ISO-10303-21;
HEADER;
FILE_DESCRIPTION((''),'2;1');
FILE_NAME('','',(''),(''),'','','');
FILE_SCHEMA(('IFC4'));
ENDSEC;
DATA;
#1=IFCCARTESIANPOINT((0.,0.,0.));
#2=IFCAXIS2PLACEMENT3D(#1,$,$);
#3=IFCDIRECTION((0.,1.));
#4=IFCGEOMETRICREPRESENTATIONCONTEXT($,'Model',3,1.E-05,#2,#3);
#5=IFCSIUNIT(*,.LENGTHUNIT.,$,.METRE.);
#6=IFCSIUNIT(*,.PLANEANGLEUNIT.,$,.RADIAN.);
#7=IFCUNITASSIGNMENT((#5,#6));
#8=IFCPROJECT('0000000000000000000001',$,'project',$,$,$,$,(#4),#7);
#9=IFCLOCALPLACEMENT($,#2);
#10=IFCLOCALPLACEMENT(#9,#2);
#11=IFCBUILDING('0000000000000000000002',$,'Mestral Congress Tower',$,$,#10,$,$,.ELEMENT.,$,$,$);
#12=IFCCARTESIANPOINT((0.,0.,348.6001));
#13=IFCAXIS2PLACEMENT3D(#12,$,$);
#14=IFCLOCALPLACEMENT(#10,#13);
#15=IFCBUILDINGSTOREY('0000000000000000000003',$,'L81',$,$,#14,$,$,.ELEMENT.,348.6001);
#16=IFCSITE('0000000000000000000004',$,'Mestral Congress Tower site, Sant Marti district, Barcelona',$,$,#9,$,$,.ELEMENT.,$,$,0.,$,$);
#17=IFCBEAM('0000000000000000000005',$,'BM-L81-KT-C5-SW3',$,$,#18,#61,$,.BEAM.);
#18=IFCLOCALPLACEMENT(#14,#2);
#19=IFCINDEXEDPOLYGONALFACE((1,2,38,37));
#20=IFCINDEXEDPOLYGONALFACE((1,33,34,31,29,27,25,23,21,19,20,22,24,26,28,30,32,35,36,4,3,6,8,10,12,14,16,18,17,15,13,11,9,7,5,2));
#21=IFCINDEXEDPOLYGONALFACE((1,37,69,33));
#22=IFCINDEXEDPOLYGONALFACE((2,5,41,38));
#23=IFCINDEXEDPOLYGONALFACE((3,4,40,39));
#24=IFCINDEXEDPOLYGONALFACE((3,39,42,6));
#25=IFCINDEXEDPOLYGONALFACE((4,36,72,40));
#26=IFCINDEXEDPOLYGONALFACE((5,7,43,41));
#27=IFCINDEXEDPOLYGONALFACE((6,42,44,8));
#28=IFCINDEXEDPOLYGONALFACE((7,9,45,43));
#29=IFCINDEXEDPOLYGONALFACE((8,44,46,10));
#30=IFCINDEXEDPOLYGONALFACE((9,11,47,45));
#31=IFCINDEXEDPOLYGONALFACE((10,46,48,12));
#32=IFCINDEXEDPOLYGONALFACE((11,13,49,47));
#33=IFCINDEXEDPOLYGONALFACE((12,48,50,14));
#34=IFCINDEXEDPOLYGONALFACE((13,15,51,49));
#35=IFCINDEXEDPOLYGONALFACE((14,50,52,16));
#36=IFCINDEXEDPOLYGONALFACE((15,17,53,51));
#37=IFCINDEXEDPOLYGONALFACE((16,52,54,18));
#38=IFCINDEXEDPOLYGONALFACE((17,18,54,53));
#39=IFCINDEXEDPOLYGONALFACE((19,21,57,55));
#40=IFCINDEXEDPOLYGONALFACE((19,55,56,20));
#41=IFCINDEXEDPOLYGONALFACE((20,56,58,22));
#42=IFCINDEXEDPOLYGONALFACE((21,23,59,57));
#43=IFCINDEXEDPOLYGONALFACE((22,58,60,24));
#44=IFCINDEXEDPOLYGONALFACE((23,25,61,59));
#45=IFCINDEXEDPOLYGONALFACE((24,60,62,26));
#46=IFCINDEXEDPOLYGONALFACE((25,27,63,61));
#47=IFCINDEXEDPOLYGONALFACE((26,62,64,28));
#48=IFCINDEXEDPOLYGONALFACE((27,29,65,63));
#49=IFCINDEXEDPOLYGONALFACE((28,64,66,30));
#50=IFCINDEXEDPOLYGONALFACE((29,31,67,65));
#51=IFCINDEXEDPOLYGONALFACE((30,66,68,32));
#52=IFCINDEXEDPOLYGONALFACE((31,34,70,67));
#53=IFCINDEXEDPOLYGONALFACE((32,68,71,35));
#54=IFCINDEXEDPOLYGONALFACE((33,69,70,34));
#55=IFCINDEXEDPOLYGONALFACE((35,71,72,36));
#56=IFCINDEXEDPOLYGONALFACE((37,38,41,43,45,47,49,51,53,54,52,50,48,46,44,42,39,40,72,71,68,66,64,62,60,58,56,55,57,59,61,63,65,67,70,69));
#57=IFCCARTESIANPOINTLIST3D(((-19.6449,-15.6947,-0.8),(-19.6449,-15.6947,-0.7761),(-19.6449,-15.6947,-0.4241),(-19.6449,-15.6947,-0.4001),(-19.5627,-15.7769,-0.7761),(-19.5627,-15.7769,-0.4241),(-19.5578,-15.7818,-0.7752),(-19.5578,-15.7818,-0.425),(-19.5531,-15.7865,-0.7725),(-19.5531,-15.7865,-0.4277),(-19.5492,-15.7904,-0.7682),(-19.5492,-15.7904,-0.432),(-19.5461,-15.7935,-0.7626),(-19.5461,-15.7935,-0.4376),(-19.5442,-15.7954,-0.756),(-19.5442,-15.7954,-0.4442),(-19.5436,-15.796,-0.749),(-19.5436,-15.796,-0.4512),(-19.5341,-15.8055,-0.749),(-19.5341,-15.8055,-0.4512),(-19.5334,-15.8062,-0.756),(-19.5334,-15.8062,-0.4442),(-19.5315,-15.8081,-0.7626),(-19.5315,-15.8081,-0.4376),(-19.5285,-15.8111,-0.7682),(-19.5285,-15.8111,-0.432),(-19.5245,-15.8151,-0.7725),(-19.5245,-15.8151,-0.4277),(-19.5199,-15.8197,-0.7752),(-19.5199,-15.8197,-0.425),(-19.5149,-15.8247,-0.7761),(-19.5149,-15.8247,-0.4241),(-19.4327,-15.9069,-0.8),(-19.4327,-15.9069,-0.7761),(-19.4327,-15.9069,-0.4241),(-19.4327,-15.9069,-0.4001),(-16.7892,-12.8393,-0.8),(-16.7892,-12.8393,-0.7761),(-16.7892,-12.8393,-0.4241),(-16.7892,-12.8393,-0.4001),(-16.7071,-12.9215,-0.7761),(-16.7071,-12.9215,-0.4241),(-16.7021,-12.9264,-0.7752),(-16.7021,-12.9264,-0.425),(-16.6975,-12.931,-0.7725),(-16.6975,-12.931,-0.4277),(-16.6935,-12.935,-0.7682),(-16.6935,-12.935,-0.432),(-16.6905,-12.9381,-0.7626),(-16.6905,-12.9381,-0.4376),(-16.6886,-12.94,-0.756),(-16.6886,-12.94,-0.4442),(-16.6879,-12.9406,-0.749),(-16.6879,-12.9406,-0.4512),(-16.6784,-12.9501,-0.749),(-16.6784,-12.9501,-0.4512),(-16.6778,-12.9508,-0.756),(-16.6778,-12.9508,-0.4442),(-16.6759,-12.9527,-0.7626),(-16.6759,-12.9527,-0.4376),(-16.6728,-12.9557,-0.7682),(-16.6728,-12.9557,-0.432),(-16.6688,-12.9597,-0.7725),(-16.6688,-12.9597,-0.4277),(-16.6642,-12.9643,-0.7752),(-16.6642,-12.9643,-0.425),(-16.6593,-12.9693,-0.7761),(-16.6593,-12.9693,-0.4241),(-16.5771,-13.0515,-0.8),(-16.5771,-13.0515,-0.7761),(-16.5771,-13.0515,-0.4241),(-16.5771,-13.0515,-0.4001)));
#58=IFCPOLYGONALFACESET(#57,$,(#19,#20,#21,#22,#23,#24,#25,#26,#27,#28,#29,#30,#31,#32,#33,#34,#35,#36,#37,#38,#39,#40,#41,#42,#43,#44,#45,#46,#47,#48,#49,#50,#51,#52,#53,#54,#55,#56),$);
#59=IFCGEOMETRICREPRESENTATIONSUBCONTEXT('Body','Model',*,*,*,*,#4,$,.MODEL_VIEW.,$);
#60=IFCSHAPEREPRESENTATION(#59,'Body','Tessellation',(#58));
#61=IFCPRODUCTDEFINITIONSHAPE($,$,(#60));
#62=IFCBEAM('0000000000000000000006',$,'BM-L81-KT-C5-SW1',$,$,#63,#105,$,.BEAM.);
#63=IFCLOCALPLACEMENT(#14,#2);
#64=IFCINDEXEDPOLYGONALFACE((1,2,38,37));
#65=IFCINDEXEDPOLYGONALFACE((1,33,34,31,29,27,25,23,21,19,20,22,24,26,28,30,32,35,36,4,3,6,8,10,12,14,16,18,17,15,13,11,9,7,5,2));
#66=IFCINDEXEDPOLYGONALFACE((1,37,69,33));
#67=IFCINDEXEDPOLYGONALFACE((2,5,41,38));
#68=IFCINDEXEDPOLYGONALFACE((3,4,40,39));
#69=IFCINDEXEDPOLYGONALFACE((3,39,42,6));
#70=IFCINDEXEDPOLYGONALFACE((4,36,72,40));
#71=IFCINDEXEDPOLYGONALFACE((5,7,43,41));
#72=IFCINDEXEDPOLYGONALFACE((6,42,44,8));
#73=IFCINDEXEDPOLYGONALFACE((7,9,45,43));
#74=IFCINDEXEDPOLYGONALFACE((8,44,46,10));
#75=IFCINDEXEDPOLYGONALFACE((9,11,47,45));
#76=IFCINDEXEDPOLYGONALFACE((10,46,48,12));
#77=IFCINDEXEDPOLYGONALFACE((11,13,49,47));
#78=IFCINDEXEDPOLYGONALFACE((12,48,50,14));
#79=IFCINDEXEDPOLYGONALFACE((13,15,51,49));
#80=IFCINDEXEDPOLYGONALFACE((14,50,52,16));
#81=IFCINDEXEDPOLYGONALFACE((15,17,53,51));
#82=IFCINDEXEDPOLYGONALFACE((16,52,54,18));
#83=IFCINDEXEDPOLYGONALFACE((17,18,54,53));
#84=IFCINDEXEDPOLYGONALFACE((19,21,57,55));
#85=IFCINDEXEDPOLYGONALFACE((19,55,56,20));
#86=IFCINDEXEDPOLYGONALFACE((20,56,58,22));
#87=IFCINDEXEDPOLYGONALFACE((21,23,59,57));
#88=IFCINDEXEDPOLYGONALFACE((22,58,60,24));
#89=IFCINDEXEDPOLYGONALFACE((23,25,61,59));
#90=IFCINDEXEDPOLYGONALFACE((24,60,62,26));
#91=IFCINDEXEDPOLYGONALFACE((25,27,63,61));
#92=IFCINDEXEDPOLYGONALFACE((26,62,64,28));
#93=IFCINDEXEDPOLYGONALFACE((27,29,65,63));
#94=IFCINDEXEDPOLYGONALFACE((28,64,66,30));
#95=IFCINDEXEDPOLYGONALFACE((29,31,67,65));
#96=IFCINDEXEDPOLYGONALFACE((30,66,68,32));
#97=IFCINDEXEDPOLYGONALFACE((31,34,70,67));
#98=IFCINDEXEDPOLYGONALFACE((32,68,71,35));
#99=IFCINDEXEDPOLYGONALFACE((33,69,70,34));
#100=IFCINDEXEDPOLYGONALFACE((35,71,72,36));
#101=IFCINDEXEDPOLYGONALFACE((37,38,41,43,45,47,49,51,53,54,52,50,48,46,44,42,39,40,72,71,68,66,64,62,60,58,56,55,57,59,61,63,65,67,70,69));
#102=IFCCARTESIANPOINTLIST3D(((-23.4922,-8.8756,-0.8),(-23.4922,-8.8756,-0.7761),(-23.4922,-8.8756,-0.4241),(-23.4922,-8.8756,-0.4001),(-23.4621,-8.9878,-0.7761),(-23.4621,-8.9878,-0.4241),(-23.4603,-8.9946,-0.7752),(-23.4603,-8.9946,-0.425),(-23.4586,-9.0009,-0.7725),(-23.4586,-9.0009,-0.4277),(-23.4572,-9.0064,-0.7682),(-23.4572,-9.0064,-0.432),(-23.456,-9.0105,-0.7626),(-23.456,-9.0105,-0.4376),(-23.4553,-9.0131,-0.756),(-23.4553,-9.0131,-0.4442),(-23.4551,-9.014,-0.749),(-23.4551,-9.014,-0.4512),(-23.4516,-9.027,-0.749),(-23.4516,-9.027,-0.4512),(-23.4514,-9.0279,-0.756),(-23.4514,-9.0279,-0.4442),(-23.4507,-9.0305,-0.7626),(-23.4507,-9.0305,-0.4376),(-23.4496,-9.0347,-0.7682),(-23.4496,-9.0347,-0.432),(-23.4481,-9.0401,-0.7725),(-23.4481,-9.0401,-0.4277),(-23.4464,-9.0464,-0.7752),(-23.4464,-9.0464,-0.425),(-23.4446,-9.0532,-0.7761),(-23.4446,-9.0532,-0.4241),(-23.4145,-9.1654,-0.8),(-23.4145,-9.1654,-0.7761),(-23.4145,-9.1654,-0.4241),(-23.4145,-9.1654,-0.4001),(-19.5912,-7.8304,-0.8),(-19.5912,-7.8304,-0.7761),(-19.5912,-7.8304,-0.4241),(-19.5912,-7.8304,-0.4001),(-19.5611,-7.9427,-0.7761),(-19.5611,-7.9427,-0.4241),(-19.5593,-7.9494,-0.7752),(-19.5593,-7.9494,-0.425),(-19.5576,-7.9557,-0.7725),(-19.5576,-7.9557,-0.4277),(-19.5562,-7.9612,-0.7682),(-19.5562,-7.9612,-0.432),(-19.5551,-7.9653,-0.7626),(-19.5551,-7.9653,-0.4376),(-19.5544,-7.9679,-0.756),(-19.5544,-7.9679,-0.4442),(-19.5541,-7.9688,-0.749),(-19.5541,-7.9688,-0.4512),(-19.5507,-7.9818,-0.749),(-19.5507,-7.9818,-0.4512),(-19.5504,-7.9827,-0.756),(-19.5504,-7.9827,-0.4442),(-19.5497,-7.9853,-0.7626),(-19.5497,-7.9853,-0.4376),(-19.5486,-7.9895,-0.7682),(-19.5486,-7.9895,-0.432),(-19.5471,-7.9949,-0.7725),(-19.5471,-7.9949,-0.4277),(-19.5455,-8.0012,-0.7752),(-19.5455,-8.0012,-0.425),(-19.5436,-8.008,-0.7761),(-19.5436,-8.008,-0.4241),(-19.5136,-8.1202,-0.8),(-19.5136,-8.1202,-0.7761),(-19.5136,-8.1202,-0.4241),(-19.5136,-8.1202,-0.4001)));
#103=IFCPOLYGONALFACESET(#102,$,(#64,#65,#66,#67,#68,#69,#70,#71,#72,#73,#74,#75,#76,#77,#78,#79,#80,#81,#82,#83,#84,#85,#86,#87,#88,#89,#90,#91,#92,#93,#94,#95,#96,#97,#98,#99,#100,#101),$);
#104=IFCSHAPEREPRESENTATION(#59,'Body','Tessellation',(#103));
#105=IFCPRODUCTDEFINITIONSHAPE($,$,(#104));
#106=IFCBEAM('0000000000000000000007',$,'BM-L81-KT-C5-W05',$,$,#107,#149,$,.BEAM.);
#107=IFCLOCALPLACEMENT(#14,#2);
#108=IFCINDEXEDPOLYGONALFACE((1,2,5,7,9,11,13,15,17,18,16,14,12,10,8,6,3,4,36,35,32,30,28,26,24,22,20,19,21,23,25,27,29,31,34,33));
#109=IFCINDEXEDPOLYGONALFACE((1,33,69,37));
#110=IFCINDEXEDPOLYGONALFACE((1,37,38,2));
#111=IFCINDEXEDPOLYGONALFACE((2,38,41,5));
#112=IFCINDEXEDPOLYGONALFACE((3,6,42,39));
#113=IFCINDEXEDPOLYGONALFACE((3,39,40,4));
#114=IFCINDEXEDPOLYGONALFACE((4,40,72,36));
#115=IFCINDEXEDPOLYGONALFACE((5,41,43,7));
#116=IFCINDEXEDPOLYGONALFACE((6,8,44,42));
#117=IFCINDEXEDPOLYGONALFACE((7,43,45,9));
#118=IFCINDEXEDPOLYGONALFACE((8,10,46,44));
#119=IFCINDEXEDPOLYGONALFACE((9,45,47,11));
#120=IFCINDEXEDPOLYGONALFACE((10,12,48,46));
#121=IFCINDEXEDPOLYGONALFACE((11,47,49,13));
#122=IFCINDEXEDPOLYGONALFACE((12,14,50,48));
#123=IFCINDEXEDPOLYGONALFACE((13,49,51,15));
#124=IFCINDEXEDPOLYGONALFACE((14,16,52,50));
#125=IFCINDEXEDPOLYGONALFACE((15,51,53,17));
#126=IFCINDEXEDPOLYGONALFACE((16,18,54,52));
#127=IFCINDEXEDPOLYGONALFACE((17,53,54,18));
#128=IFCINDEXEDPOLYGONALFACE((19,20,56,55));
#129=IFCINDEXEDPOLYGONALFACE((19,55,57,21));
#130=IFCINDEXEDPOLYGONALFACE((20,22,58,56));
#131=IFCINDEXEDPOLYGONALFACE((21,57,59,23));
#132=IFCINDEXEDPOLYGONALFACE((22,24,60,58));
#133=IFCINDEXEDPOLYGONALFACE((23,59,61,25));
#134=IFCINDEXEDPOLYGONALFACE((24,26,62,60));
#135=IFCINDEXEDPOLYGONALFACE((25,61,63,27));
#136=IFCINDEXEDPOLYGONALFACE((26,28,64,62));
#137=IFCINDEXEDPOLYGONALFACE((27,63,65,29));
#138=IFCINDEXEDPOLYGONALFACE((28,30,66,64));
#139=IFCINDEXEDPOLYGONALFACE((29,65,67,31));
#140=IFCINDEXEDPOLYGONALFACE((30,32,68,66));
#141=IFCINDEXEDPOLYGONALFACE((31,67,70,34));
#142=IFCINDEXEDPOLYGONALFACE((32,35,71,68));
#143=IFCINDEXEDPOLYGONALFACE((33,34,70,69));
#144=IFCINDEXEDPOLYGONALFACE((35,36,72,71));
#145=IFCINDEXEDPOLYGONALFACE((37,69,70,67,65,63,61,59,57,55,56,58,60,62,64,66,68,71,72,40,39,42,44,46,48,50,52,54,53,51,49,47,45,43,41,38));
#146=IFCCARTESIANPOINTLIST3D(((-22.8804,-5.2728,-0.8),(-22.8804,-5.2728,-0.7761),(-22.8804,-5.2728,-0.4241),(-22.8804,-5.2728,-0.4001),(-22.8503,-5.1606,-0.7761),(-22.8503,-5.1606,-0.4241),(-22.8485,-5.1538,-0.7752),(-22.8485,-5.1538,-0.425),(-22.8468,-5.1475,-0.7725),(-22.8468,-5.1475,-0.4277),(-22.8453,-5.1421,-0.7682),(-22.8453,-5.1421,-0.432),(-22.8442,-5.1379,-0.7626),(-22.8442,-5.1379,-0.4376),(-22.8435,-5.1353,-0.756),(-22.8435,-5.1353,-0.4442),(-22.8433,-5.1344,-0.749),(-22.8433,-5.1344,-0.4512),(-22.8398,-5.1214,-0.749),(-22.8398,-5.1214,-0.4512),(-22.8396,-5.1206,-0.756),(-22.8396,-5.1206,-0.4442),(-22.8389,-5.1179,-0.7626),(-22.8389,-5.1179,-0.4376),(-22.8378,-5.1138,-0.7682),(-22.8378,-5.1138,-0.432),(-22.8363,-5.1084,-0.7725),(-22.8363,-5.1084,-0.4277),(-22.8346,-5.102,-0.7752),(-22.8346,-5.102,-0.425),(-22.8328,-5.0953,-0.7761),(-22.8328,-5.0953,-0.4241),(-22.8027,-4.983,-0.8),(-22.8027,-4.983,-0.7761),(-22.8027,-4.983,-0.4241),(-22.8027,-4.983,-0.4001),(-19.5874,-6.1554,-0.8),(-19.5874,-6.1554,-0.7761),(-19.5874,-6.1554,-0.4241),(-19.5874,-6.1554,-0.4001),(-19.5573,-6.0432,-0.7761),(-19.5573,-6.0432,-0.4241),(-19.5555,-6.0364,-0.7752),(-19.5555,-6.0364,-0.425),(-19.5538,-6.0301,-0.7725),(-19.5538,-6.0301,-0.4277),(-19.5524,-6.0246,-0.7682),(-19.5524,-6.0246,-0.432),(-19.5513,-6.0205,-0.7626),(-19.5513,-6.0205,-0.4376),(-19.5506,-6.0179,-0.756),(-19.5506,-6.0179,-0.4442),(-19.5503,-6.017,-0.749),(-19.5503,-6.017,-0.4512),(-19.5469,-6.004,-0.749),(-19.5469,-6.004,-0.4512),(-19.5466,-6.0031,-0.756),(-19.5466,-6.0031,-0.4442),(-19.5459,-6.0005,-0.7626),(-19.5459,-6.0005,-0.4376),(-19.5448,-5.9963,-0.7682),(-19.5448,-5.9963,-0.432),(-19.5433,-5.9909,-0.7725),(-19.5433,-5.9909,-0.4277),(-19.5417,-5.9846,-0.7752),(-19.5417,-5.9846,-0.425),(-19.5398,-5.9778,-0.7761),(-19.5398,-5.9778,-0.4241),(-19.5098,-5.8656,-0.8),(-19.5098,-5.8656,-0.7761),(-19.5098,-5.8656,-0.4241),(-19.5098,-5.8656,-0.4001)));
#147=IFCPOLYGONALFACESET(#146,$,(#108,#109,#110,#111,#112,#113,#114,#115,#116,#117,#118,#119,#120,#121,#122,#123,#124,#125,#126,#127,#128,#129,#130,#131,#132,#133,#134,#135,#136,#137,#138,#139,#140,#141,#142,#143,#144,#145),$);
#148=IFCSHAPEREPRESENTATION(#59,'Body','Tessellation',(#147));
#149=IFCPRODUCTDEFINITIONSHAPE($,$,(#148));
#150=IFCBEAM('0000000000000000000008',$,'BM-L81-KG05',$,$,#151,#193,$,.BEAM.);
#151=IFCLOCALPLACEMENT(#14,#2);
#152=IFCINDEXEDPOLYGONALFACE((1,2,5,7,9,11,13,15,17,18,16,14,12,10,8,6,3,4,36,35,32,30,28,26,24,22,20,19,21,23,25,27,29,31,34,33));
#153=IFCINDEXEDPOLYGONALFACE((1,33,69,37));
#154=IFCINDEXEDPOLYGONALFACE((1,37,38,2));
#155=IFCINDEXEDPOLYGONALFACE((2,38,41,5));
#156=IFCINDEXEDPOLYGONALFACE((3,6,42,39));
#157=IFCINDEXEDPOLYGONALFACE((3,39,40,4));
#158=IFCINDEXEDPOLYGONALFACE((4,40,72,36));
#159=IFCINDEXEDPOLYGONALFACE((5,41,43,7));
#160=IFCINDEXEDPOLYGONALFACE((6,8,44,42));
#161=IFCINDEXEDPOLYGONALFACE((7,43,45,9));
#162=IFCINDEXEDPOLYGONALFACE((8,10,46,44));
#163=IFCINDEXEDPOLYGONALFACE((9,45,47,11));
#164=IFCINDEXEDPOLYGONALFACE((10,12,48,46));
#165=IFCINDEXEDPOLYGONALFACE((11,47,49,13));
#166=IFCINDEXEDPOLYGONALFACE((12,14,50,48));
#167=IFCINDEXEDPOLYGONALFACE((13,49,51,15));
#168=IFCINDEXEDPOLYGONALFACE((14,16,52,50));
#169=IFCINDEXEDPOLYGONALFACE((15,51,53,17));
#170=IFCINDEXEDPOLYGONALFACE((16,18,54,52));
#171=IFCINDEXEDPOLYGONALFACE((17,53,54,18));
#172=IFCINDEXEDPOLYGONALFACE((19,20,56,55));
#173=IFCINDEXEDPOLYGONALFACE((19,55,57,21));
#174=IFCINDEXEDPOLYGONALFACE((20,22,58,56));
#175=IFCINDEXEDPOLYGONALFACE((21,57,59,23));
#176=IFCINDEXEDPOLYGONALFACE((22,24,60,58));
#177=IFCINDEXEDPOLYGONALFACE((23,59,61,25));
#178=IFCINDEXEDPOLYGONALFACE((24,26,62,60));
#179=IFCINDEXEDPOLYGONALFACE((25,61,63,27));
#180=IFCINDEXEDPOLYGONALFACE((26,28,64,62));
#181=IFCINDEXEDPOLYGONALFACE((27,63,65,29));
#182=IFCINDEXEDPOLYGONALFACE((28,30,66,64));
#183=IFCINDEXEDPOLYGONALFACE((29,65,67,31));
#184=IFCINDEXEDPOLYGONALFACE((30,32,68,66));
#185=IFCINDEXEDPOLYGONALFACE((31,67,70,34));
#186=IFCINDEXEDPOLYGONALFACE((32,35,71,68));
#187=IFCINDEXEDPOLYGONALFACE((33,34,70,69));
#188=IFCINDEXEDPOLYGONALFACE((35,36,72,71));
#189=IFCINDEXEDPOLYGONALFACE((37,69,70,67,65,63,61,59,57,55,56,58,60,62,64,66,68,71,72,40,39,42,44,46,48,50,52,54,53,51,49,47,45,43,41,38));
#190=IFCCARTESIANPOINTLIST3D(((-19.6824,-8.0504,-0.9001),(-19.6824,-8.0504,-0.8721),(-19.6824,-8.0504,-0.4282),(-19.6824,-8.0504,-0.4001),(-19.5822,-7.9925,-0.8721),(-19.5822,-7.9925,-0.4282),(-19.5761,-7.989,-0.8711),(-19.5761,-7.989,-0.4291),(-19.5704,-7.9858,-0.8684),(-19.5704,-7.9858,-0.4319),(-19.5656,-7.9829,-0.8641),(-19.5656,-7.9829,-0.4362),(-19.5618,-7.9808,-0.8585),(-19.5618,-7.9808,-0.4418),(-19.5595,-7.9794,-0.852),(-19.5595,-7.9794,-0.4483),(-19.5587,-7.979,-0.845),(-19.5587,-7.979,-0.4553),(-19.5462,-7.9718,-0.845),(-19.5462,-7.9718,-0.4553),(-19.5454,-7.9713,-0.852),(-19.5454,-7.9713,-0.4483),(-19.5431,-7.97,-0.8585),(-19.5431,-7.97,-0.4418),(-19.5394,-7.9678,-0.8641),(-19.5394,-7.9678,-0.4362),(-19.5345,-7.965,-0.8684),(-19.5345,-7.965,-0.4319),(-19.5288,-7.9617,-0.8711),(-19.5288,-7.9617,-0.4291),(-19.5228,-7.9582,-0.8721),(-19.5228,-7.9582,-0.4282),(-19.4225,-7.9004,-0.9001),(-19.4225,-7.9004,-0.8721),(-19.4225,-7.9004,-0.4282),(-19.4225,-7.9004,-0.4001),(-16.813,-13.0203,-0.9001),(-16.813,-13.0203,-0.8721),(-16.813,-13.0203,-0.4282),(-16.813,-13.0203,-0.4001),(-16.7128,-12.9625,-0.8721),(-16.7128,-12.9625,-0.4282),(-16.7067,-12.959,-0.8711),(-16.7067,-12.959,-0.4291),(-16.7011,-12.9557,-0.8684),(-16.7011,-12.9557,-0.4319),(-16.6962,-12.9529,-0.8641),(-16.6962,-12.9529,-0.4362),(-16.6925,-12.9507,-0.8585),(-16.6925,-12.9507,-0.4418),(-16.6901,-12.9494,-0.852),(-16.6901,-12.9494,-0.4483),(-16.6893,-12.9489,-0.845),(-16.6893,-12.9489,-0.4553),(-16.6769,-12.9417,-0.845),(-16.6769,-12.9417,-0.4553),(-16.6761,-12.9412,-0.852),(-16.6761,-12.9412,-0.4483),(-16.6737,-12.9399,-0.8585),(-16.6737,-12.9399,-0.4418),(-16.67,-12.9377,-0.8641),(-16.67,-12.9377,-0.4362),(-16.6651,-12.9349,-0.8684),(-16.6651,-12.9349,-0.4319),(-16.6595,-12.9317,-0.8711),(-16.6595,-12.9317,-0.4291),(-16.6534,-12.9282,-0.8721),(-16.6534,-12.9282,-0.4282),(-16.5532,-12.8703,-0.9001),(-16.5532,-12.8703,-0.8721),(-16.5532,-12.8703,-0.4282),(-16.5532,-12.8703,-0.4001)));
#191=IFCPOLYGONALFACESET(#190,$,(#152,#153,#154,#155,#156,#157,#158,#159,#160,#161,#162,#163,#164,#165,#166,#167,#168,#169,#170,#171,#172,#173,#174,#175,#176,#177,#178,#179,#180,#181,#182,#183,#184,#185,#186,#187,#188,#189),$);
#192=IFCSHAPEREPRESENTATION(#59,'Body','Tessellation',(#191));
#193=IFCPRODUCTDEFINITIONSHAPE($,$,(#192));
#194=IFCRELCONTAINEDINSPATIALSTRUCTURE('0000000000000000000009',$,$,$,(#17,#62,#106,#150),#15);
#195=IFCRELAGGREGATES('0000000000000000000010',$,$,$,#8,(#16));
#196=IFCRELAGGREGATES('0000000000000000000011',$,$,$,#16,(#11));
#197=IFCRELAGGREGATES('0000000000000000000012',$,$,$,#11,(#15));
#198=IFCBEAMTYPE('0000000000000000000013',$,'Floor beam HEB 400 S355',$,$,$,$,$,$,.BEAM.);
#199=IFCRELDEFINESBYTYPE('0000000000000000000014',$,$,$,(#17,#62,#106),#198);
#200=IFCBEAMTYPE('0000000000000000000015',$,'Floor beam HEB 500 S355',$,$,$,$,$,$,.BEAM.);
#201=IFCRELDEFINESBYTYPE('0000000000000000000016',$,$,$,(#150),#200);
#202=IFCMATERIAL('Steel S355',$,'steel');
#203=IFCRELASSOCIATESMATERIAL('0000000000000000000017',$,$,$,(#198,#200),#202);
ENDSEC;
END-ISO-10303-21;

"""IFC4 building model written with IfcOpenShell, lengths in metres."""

from ifc_helpers import new_model, si_unit, direction, frame, origin, origin_2d, place, context, subcontext, project, spatial, i_section, extrude, material, material_profile, profile_set, type_object, element, save


model = new_model("IFC4")

# Units and contexts
model_context = context("Model", 3, precision=1e-05, world=origin(), true_north=direction((0.0, 1.0)))
body_context = subcontext(model_context, "Body", "Model", "MODEL_VIEW")
ifc_project = project(units=[si_unit("LENGTHUNIT", "METRE"), si_unit("PLANEANGLEUNIT", "RADIAN")], contexts=[model_context])

# Site, building, storey
site_placement = place(None, origin())
site = spatial("IfcSite", under=ifc_project, at=site_placement, Name="Mestral Congress Tower site, Sant Marti district, Barcelona", CompositionType="ELEMENT", RefElevation=0.0)
building_placement = place(site_placement, origin())
building = spatial("IfcBuilding", under=site, at=building_placement, Name="Mestral Congress Tower", CompositionType="ELEMENT")
storey_placement = place(building_placement, frame((0.0, 0.0, 348.6001)))
storey = spatial("IfcBuildingStorey", under=building, at=storey_placement, Name="L81", CompositionType="ELEMENT", Elevation=348.6001)

# Beams
ifc_material_1 = material(Name="Steel S355", Category="steel")
ifc_material_profile_1 = material_profile(ifc_material_1, i_section(OverallWidth=0.3, OverallDepth=0.3999, WebThickness=0.0134, FlangeThickness=0.0239, FilletRadius=0.0271, at=origin_2d()), Name="HEB 400")
ifc_profile_set_1 = profile_set([ifc_material_profile_1], Name="Steel S355")
beam_type_1 = type_object("IfcBeamType", Name="Floor beam HEB 400 S355", PredefinedType="BEAM", material=ifc_profile_set_1)
beam_1_placement = place(storey_placement, frame((-19.5388, -15.8008, -0.6001), z_axis=(0.707137, 0.707077, 0.0), x_axis=(-0.707077, 0.707137, 0.0)))
element("IfcBeam", 1, at=beam_1_placement, inside=storey, type_object=beam_type_1, Name="BM-L81-KT-C5-SW3", PredefinedType="BEAM", context=body_context, shape_type="SweptSolid", body=[
    extrude(i_section(OverallWidth=0.3, OverallDepth=0.3999, WebThickness=0.0134, FlangeThickness=0.0239, FilletRadius=0.0271, at=origin_2d()), origin(), (0.0, 0.0, 1.0), 4.0383),
])
beam_2_placement = place(storey_placement, frame((-23.4534, -9.0205, -0.6001), z_axis=(0.96593, 0.258803, 0.0), x_axis=(-0.258803, 0.96593, 0.0)))
element("IfcBeam", 2, at=beam_2_placement, inside=storey, type_object=beam_type_1, Name="BM-L81-KT-C5-SW1", PredefinedType="BEAM", context=body_context, shape_type="SweptSolid", body=[
    extrude(i_section(OverallWidth=0.3, OverallDepth=0.3999, WebThickness=0.0134, FlangeThickness=0.0239, FilletRadius=0.0271, at=origin_2d()), origin(), (0.0, 0.0, 1.0), 4.0386),
])
beam_3_placement = place(storey_placement, frame((-22.8416, -5.1279, -0.6001), z_axis=(0.96591, -0.258879, 0.0), x_axis=(0.258879, 0.96591, 0.0)))
element("IfcBeam", 3, at=beam_3_placement, inside=storey, type_object=beam_type_1, Name="BM-L81-KT-C5-W05", PredefinedType="BEAM", context=body_context, shape_type="SweptSolid", body=[
    extrude(i_section(OverallWidth=0.3, OverallDepth=0.3999, WebThickness=0.0134, FlangeThickness=0.0239, FilletRadius=0.0271, at=origin_2d()), origin(), (0.0, 0.0, 1.0), 3.4092),
])
ifc_material_profile_2 = material_profile(ifc_material_1, i_section(OverallWidth=0.3, OverallDepth=0.5, WebThickness=0.0144, FlangeThickness=0.0281, FilletRadius=0.0271, at=origin_2d()), Name="HEB 500")
ifc_profile_set_2 = profile_set([ifc_material_profile_2], Name="Steel S355")
beam_type_2 = type_object("IfcBeamType", Name="Floor beam HEB 500 S355", PredefinedType="BEAM", material=ifc_profile_set_2)
beam_4_placement = place(storey_placement, frame((-16.6831, -12.9453, -0.6501), z_axis=(-0.499996, 0.866028, 0.0), x_axis=(-0.866028, -0.499996, 0.0)))
element("IfcBeam", 4, at=beam_4_placement, inside=storey, type_object=beam_type_2, Name="BM-L81-KG05", PredefinedType="BEAM", context=body_context, shape_type="SweptSolid", body=[
    extrude(i_section(OverallWidth=0.3, OverallDepth=0.5, WebThickness=0.0144, FlangeThickness=0.0281, FilletRadius=0.0271, at=origin_2d()), origin(), (0.0, 0.0, 1.0), 5.7388),
])

save(model, "model.ifc")
